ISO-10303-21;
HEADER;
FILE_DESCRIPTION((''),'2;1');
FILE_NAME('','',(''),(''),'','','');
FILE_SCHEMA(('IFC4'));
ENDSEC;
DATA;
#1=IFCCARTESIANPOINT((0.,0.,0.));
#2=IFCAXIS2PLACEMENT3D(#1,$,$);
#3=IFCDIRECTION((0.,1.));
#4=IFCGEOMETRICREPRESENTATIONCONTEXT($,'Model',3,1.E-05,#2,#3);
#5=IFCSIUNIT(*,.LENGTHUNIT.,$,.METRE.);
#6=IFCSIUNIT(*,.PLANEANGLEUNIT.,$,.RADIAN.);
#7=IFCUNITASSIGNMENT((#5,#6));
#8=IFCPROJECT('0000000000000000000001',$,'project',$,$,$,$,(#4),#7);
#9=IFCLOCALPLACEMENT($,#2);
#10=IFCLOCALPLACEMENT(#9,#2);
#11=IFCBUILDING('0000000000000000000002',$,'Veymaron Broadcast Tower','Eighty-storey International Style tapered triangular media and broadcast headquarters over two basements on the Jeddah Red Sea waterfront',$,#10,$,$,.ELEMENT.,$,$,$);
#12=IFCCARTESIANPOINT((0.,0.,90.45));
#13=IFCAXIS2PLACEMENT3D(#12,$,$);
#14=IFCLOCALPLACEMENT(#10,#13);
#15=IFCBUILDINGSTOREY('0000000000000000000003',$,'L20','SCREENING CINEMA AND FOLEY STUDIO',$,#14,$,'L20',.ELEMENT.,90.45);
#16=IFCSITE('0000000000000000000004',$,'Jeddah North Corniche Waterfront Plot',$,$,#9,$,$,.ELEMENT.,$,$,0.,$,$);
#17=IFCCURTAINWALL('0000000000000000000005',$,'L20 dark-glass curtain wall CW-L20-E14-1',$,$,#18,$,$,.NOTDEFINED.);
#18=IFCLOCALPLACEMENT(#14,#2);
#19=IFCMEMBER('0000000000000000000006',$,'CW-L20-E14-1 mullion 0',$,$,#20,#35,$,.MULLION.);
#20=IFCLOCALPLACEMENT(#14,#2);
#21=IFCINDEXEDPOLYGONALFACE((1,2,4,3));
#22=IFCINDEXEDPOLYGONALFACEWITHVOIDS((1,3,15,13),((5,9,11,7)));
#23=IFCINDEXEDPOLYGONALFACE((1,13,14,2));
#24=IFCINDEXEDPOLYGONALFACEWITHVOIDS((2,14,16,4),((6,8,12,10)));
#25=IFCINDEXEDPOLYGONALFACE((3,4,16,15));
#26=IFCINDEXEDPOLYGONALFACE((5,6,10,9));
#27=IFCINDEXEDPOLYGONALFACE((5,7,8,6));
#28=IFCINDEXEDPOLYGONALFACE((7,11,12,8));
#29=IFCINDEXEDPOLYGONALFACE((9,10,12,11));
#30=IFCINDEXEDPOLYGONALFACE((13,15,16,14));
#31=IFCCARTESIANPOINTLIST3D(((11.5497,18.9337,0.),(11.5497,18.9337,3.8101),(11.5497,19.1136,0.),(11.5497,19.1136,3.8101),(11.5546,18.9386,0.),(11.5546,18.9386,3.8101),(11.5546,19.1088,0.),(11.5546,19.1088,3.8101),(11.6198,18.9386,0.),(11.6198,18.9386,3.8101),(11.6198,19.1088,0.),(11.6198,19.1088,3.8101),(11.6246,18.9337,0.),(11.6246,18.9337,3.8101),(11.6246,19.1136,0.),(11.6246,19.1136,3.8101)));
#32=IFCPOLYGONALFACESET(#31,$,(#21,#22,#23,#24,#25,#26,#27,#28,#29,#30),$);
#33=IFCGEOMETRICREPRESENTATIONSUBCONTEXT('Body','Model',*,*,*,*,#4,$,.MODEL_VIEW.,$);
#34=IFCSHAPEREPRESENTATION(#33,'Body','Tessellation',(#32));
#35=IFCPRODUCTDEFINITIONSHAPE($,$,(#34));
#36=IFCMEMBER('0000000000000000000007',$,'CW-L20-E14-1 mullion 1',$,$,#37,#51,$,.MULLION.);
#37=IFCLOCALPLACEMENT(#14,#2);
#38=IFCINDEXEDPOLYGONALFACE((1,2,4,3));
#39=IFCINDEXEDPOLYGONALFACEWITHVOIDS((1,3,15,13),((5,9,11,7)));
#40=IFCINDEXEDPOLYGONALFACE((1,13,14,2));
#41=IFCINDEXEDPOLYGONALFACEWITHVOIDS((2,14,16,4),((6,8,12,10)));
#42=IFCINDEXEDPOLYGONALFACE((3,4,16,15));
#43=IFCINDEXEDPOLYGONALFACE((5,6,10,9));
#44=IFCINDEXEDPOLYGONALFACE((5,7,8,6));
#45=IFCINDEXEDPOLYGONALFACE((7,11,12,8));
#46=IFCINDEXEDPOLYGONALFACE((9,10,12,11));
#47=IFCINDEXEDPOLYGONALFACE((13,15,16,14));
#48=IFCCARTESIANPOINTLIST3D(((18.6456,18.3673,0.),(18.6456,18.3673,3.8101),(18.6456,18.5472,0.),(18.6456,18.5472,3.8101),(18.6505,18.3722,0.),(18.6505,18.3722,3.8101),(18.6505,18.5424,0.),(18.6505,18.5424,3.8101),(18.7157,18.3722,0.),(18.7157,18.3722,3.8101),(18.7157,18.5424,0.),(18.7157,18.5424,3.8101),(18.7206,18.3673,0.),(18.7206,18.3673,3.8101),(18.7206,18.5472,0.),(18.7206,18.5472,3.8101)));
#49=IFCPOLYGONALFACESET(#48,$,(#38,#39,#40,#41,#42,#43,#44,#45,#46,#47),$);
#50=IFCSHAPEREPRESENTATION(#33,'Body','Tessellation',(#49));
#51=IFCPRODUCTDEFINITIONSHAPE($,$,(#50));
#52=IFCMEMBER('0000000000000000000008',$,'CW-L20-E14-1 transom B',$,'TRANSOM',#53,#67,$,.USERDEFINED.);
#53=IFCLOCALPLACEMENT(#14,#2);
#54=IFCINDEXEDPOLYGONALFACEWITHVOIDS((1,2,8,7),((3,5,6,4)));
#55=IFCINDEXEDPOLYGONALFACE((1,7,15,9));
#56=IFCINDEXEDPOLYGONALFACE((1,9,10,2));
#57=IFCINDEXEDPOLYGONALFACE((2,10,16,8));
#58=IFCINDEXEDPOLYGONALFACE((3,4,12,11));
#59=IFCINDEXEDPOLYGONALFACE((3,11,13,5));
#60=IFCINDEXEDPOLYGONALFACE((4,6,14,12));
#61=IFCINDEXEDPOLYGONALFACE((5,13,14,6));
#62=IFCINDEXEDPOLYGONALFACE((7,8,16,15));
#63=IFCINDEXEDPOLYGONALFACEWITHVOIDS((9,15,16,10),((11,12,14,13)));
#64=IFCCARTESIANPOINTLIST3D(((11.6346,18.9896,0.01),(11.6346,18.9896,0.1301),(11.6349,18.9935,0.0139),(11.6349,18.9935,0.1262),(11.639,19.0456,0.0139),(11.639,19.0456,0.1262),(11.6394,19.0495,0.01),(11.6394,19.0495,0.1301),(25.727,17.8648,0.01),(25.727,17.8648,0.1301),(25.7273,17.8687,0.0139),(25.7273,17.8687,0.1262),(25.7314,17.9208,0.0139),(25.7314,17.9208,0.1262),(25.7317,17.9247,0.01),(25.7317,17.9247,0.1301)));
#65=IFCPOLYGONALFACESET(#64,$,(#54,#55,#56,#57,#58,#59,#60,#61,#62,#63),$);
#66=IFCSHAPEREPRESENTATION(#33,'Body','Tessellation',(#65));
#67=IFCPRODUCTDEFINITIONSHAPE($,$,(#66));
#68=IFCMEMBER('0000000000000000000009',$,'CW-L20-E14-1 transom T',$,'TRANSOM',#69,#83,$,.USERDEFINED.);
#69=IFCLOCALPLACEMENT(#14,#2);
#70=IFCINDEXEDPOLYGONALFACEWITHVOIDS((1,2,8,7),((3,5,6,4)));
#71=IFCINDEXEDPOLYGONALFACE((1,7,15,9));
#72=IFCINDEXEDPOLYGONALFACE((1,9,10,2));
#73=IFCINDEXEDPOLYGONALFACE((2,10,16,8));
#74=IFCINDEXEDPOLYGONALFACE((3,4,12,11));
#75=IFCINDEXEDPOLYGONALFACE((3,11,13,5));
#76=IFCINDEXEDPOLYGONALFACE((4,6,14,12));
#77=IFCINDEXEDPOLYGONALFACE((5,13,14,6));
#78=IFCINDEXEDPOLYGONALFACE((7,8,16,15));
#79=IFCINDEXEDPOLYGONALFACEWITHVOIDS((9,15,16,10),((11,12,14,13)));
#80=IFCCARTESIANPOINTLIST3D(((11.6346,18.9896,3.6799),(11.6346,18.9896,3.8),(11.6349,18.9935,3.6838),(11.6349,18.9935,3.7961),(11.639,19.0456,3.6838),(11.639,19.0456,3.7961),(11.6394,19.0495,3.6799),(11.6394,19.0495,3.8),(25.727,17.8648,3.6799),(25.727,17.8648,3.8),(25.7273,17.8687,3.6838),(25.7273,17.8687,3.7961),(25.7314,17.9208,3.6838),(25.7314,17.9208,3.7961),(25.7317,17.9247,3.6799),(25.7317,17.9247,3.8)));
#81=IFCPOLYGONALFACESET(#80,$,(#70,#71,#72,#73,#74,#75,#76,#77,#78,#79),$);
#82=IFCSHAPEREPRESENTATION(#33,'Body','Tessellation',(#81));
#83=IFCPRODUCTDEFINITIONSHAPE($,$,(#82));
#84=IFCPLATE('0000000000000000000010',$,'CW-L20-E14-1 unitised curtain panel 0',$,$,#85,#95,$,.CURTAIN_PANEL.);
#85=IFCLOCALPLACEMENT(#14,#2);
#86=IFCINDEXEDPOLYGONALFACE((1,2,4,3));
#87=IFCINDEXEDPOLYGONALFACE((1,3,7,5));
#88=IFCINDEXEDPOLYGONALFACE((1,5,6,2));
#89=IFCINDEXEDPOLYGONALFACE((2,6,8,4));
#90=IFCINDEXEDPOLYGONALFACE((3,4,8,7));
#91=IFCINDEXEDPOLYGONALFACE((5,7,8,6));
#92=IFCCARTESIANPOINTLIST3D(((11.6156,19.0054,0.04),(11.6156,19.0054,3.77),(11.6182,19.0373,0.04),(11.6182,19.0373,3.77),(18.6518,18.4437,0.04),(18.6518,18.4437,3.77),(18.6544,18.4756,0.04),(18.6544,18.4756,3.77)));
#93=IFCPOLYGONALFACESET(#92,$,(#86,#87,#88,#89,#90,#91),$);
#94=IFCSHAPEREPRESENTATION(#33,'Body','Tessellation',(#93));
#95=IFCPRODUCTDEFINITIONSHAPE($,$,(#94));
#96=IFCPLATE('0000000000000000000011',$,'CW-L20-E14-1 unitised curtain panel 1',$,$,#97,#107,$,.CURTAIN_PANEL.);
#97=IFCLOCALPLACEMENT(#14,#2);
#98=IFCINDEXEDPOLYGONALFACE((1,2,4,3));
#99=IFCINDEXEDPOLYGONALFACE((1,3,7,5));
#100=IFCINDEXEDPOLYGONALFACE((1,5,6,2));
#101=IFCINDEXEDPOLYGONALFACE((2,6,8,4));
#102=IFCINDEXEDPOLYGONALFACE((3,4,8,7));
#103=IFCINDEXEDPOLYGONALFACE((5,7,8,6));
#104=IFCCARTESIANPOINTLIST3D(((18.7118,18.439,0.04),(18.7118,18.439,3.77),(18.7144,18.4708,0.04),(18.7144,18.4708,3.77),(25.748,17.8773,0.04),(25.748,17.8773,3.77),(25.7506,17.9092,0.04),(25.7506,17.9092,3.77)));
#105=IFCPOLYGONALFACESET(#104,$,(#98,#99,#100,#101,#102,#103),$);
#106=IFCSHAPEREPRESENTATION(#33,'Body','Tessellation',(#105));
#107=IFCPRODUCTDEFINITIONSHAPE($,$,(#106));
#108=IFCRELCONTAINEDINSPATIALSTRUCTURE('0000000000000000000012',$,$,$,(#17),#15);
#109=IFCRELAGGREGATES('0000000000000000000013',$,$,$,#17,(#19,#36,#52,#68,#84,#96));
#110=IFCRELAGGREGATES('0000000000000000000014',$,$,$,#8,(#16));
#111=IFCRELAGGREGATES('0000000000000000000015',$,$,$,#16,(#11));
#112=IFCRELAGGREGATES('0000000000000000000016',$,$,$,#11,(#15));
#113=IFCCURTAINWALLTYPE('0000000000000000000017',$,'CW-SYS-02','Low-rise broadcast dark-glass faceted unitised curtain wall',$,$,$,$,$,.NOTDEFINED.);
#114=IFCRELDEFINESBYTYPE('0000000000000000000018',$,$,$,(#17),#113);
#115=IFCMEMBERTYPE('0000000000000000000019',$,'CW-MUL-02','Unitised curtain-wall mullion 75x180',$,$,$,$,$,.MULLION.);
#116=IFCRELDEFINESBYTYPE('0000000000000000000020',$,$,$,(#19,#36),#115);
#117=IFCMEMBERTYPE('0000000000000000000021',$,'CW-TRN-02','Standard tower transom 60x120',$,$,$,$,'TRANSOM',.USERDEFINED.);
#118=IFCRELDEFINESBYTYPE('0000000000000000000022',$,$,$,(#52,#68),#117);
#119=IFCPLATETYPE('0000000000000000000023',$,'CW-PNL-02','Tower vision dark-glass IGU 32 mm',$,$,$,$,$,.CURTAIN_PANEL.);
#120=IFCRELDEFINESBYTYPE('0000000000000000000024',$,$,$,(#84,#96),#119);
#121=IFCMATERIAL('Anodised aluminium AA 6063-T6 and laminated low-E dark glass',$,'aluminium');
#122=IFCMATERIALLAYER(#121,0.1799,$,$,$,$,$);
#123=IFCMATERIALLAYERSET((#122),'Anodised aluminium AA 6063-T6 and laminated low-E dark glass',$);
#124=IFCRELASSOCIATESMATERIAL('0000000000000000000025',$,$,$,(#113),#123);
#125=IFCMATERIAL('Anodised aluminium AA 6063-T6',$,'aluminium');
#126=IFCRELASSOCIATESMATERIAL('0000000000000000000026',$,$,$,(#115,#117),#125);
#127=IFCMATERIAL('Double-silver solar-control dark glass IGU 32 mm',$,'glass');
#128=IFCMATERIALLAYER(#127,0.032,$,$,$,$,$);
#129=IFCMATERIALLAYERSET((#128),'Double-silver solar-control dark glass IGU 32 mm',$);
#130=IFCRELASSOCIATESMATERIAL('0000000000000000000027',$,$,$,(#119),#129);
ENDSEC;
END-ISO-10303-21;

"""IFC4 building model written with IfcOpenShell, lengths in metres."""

from ifc_helpers import new_model, si_unit, direction, frame, origin, origin_2d, place, context, subcontext, project, spatial, rectangle, hollow_rectangle, extrude, material, layer, layer_set, material_profile, profile_set, type_object, element, aggregate, save


model = new_model("IFC4")

# Units and contexts
model_context = context("Model", 3, precision=1e-05, world=origin(), true_north=direction((0.0, 1.0)))
body_context = subcontext(model_context, "Body", "Model", "MODEL_VIEW")
ifc_project = project(units=[si_unit("LENGTHUNIT", "METRE"), si_unit("PLANEANGLEUNIT", "RADIAN")], contexts=[model_context])

# Site, building, storey
site_placement = place(None, origin())
site = spatial("IfcSite", under=ifc_project, at=site_placement, Name="Jeddah North Corniche Waterfront Plot", CompositionType="ELEMENT", RefElevation=0.0)
building_placement = place(site_placement, origin())
building = spatial("IfcBuilding", under=site, at=building_placement, Name="Veymaron Broadcast Tower", Description="Eighty-storey International Style tapered triangular media and broadcast headquarters over two basements on the Jeddah Red Sea waterfront", CompositionType="ELEMENT")
storey_placement = place(building_placement, frame((0.0, 0.0, 90.45)))
storey = spatial("IfcBuildingStorey", under=building, at=storey_placement, Name="L20", Description="SCREENING CINEMA AND FOLEY STUDIO", LongName="L20", CompositionType="ELEMENT", Elevation=90.45)

# Curtain wall, members, plates
ifc_material_1 = material(Name="Anodised aluminium AA 6063-T6 and laminated low-E dark glass", Category="aluminium")
ifc_layer_1 = layer(ifc_material_1, 0.1799)
ifc_layer_set_1 = layer_set([ifc_layer_1], Name="Anodised aluminium AA 6063-T6 and laminated low-E dark glass")
curtain_wall_type = type_object("IfcCurtainWallType", Name="CW-SYS-02", Description="Low-rise broadcast dark-glass faceted unitised curtain wall", PredefinedType="NOTDEFINED", material=ifc_layer_set_1)
curtain_wall_placement = place(storey_placement, origin())
curtain_wall = element("IfcCurtainWall", 1, at=curtain_wall_placement, inside=storey, type_object=curtain_wall_type, Name="L20 dark-glass curtain wall CW-L20-E14-1", PredefinedType="NOTDEFINED")
ifc_material_2 = material(Name="Anodised aluminium AA 6063-T6", Category="aluminium")
ifc_material_profile_1 = material_profile(ifc_material_2, hollow_rectangle(XDim=0.075, YDim=0.1799, WallThickness=0.0049, at=origin_2d()), Name="AL180X75X5")
ifc_profile_set_1 = profile_set([ifc_material_profile_1], Name="Anodised aluminium AA 6063-T6")
member_type_1 = type_object("IfcMemberType", Name="CW-MUL-02", Description="Unitised curtain-wall mullion 75x180", PredefinedType="MULLION", material=ifc_profile_set_1)
member_1_placement = place(storey_placement, frame((11.5872, 19.0237, 0.0), z_axis=(0.0, 0.0, 1.0), x_axis=(1.0, 0.0, 0.0)))
member_1 = element("IfcMember", 2, at=member_1_placement, type_object=member_type_1, Name="CW-L20-E14-1 mullion 0", PredefinedType="MULLION", context=body_context, shape_type="SweptSolid", body=[
    extrude(hollow_rectangle(XDim=0.075, YDim=0.1799, WallThickness=0.0049, at=origin_2d()), origin(), (0.0, 0.0, 1.0), 3.8101),
])
member_2_placement = place(storey_placement, frame((18.6831, 18.4573, 0.0), z_axis=(0.0, 0.0, 1.0), x_axis=(1.0, 0.0, 0.0)))
member_2 = element("IfcMember", 3, at=member_2_placement, type_object=member_type_1, Name="CW-L20-E14-1 mullion 1", PredefinedType="MULLION", context=body_context, shape_type="SweptSolid", body=[
    extrude(hollow_rectangle(XDim=0.075, YDim=0.1799, WallThickness=0.0049, at=origin_2d()), origin(), (0.0, 0.0, 1.0), 3.8101),
])
ifc_material_profile_2 = material_profile(ifc_material_2, hollow_rectangle(XDim=0.0601, YDim=0.1201, WallThickness=0.0039, at=origin_2d()), Name="AL120X60X4")
ifc_profile_set_2 = profile_set([ifc_material_profile_2], Name="Anodised aluminium AA 6063-T6")
member_type_2 = type_object("IfcMemberType", Name="CW-TRN-02", Description="Standard tower transom 60x120", ElementType="TRANSOM", PredefinedType="USERDEFINED", material=ifc_profile_set_2)
member_3_placement = place(storey_placement, frame((11.637, 19.0195, 0.0701), z_axis=(0.99683, -0.079561, 0.0), x_axis=(0.079561, 0.99683, 0.0)))
member_3 = element("IfcMember", 4, at=member_3_placement, type_object=member_type_2, Name="CW-L20-E14-1 transom B", ObjectType="TRANSOM", PredefinedType="USERDEFINED", context=body_context, shape_type="SweptSolid", body=[
    extrude(hollow_rectangle(XDim=0.0601, YDim=0.1201, WallThickness=0.0039, at=origin_2d()), origin(), (0.0, 0.0, 1.0), 14.1372),
])
member_4_placement = place(storey_placement, frame((11.637, 19.0195, 3.74), z_axis=(0.99683, -0.079561, 0.0), x_axis=(0.079561, 0.99683, 0.0)))
member_4 = element("IfcMember", 5, at=member_4_placement, type_object=member_type_2, Name="CW-L20-E14-1 transom T", ObjectType="TRANSOM", PredefinedType="USERDEFINED", context=body_context, shape_type="SweptSolid", body=[
    extrude(hollow_rectangle(XDim=0.0601, YDim=0.1201, WallThickness=0.0039, at=origin_2d()), origin(), (0.0, 0.0, 1.0), 14.1372),
])
ifc_material_3 = material(Name="Double-silver solar-control dark glass IGU 32 mm", Category="glass")
ifc_layer_2 = layer(ifc_material_3, 0.032)
ifc_layer_set_2 = layer_set([ifc_layer_2], Name="Double-silver solar-control dark glass IGU 32 mm")
plate_type = type_object("IfcPlateType", Name="CW-PNL-02", Description="Tower vision dark-glass IGU 32 mm", PredefinedType="CURTAIN_PANEL", material=ifc_layer_set_2)
plate_1_placement = place(storey_placement, frame((15.135, 18.7405, 0.04), z_axis=(0.0, 0.0, 1.0), x_axis=(0.996829, -0.079573, 0.0)))
plate_1 = element("IfcPlate", 6, at=plate_1_placement, type_object=plate_type, Name="CW-L20-E14-1 unitised curtain panel 0", PredefinedType="CURTAIN_PANEL", context=body_context, shape_type="SweptSolid", body=[
    extrude(rectangle(XDim=7.0586, YDim=0.032, at=origin_2d()), origin(), (0.0, 0.0, 1.0), 3.73),
])
plate_2_placement = place(storey_placement, frame((22.2312, 18.1741, 0.04), z_axis=(0.0, 0.0, 1.0), x_axis=(0.996829, -0.079573, 0.0)))
plate_2 = element("IfcPlate", 7, at=plate_2_placement, type_object=plate_type, Name="CW-L20-E14-1 unitised curtain panel 1", PredefinedType="CURTAIN_PANEL", context=body_context, shape_type="SweptSolid", body=[
    extrude(rectangle(XDim=7.0586, YDim=0.032, at=origin_2d()), origin(), (0.0, 0.0, 1.0), 3.73),
])
aggregate(curtain_wall, [member_1, member_2, member_3, member_4, plate_1, plate_2])

save(model, "model.ifc")
